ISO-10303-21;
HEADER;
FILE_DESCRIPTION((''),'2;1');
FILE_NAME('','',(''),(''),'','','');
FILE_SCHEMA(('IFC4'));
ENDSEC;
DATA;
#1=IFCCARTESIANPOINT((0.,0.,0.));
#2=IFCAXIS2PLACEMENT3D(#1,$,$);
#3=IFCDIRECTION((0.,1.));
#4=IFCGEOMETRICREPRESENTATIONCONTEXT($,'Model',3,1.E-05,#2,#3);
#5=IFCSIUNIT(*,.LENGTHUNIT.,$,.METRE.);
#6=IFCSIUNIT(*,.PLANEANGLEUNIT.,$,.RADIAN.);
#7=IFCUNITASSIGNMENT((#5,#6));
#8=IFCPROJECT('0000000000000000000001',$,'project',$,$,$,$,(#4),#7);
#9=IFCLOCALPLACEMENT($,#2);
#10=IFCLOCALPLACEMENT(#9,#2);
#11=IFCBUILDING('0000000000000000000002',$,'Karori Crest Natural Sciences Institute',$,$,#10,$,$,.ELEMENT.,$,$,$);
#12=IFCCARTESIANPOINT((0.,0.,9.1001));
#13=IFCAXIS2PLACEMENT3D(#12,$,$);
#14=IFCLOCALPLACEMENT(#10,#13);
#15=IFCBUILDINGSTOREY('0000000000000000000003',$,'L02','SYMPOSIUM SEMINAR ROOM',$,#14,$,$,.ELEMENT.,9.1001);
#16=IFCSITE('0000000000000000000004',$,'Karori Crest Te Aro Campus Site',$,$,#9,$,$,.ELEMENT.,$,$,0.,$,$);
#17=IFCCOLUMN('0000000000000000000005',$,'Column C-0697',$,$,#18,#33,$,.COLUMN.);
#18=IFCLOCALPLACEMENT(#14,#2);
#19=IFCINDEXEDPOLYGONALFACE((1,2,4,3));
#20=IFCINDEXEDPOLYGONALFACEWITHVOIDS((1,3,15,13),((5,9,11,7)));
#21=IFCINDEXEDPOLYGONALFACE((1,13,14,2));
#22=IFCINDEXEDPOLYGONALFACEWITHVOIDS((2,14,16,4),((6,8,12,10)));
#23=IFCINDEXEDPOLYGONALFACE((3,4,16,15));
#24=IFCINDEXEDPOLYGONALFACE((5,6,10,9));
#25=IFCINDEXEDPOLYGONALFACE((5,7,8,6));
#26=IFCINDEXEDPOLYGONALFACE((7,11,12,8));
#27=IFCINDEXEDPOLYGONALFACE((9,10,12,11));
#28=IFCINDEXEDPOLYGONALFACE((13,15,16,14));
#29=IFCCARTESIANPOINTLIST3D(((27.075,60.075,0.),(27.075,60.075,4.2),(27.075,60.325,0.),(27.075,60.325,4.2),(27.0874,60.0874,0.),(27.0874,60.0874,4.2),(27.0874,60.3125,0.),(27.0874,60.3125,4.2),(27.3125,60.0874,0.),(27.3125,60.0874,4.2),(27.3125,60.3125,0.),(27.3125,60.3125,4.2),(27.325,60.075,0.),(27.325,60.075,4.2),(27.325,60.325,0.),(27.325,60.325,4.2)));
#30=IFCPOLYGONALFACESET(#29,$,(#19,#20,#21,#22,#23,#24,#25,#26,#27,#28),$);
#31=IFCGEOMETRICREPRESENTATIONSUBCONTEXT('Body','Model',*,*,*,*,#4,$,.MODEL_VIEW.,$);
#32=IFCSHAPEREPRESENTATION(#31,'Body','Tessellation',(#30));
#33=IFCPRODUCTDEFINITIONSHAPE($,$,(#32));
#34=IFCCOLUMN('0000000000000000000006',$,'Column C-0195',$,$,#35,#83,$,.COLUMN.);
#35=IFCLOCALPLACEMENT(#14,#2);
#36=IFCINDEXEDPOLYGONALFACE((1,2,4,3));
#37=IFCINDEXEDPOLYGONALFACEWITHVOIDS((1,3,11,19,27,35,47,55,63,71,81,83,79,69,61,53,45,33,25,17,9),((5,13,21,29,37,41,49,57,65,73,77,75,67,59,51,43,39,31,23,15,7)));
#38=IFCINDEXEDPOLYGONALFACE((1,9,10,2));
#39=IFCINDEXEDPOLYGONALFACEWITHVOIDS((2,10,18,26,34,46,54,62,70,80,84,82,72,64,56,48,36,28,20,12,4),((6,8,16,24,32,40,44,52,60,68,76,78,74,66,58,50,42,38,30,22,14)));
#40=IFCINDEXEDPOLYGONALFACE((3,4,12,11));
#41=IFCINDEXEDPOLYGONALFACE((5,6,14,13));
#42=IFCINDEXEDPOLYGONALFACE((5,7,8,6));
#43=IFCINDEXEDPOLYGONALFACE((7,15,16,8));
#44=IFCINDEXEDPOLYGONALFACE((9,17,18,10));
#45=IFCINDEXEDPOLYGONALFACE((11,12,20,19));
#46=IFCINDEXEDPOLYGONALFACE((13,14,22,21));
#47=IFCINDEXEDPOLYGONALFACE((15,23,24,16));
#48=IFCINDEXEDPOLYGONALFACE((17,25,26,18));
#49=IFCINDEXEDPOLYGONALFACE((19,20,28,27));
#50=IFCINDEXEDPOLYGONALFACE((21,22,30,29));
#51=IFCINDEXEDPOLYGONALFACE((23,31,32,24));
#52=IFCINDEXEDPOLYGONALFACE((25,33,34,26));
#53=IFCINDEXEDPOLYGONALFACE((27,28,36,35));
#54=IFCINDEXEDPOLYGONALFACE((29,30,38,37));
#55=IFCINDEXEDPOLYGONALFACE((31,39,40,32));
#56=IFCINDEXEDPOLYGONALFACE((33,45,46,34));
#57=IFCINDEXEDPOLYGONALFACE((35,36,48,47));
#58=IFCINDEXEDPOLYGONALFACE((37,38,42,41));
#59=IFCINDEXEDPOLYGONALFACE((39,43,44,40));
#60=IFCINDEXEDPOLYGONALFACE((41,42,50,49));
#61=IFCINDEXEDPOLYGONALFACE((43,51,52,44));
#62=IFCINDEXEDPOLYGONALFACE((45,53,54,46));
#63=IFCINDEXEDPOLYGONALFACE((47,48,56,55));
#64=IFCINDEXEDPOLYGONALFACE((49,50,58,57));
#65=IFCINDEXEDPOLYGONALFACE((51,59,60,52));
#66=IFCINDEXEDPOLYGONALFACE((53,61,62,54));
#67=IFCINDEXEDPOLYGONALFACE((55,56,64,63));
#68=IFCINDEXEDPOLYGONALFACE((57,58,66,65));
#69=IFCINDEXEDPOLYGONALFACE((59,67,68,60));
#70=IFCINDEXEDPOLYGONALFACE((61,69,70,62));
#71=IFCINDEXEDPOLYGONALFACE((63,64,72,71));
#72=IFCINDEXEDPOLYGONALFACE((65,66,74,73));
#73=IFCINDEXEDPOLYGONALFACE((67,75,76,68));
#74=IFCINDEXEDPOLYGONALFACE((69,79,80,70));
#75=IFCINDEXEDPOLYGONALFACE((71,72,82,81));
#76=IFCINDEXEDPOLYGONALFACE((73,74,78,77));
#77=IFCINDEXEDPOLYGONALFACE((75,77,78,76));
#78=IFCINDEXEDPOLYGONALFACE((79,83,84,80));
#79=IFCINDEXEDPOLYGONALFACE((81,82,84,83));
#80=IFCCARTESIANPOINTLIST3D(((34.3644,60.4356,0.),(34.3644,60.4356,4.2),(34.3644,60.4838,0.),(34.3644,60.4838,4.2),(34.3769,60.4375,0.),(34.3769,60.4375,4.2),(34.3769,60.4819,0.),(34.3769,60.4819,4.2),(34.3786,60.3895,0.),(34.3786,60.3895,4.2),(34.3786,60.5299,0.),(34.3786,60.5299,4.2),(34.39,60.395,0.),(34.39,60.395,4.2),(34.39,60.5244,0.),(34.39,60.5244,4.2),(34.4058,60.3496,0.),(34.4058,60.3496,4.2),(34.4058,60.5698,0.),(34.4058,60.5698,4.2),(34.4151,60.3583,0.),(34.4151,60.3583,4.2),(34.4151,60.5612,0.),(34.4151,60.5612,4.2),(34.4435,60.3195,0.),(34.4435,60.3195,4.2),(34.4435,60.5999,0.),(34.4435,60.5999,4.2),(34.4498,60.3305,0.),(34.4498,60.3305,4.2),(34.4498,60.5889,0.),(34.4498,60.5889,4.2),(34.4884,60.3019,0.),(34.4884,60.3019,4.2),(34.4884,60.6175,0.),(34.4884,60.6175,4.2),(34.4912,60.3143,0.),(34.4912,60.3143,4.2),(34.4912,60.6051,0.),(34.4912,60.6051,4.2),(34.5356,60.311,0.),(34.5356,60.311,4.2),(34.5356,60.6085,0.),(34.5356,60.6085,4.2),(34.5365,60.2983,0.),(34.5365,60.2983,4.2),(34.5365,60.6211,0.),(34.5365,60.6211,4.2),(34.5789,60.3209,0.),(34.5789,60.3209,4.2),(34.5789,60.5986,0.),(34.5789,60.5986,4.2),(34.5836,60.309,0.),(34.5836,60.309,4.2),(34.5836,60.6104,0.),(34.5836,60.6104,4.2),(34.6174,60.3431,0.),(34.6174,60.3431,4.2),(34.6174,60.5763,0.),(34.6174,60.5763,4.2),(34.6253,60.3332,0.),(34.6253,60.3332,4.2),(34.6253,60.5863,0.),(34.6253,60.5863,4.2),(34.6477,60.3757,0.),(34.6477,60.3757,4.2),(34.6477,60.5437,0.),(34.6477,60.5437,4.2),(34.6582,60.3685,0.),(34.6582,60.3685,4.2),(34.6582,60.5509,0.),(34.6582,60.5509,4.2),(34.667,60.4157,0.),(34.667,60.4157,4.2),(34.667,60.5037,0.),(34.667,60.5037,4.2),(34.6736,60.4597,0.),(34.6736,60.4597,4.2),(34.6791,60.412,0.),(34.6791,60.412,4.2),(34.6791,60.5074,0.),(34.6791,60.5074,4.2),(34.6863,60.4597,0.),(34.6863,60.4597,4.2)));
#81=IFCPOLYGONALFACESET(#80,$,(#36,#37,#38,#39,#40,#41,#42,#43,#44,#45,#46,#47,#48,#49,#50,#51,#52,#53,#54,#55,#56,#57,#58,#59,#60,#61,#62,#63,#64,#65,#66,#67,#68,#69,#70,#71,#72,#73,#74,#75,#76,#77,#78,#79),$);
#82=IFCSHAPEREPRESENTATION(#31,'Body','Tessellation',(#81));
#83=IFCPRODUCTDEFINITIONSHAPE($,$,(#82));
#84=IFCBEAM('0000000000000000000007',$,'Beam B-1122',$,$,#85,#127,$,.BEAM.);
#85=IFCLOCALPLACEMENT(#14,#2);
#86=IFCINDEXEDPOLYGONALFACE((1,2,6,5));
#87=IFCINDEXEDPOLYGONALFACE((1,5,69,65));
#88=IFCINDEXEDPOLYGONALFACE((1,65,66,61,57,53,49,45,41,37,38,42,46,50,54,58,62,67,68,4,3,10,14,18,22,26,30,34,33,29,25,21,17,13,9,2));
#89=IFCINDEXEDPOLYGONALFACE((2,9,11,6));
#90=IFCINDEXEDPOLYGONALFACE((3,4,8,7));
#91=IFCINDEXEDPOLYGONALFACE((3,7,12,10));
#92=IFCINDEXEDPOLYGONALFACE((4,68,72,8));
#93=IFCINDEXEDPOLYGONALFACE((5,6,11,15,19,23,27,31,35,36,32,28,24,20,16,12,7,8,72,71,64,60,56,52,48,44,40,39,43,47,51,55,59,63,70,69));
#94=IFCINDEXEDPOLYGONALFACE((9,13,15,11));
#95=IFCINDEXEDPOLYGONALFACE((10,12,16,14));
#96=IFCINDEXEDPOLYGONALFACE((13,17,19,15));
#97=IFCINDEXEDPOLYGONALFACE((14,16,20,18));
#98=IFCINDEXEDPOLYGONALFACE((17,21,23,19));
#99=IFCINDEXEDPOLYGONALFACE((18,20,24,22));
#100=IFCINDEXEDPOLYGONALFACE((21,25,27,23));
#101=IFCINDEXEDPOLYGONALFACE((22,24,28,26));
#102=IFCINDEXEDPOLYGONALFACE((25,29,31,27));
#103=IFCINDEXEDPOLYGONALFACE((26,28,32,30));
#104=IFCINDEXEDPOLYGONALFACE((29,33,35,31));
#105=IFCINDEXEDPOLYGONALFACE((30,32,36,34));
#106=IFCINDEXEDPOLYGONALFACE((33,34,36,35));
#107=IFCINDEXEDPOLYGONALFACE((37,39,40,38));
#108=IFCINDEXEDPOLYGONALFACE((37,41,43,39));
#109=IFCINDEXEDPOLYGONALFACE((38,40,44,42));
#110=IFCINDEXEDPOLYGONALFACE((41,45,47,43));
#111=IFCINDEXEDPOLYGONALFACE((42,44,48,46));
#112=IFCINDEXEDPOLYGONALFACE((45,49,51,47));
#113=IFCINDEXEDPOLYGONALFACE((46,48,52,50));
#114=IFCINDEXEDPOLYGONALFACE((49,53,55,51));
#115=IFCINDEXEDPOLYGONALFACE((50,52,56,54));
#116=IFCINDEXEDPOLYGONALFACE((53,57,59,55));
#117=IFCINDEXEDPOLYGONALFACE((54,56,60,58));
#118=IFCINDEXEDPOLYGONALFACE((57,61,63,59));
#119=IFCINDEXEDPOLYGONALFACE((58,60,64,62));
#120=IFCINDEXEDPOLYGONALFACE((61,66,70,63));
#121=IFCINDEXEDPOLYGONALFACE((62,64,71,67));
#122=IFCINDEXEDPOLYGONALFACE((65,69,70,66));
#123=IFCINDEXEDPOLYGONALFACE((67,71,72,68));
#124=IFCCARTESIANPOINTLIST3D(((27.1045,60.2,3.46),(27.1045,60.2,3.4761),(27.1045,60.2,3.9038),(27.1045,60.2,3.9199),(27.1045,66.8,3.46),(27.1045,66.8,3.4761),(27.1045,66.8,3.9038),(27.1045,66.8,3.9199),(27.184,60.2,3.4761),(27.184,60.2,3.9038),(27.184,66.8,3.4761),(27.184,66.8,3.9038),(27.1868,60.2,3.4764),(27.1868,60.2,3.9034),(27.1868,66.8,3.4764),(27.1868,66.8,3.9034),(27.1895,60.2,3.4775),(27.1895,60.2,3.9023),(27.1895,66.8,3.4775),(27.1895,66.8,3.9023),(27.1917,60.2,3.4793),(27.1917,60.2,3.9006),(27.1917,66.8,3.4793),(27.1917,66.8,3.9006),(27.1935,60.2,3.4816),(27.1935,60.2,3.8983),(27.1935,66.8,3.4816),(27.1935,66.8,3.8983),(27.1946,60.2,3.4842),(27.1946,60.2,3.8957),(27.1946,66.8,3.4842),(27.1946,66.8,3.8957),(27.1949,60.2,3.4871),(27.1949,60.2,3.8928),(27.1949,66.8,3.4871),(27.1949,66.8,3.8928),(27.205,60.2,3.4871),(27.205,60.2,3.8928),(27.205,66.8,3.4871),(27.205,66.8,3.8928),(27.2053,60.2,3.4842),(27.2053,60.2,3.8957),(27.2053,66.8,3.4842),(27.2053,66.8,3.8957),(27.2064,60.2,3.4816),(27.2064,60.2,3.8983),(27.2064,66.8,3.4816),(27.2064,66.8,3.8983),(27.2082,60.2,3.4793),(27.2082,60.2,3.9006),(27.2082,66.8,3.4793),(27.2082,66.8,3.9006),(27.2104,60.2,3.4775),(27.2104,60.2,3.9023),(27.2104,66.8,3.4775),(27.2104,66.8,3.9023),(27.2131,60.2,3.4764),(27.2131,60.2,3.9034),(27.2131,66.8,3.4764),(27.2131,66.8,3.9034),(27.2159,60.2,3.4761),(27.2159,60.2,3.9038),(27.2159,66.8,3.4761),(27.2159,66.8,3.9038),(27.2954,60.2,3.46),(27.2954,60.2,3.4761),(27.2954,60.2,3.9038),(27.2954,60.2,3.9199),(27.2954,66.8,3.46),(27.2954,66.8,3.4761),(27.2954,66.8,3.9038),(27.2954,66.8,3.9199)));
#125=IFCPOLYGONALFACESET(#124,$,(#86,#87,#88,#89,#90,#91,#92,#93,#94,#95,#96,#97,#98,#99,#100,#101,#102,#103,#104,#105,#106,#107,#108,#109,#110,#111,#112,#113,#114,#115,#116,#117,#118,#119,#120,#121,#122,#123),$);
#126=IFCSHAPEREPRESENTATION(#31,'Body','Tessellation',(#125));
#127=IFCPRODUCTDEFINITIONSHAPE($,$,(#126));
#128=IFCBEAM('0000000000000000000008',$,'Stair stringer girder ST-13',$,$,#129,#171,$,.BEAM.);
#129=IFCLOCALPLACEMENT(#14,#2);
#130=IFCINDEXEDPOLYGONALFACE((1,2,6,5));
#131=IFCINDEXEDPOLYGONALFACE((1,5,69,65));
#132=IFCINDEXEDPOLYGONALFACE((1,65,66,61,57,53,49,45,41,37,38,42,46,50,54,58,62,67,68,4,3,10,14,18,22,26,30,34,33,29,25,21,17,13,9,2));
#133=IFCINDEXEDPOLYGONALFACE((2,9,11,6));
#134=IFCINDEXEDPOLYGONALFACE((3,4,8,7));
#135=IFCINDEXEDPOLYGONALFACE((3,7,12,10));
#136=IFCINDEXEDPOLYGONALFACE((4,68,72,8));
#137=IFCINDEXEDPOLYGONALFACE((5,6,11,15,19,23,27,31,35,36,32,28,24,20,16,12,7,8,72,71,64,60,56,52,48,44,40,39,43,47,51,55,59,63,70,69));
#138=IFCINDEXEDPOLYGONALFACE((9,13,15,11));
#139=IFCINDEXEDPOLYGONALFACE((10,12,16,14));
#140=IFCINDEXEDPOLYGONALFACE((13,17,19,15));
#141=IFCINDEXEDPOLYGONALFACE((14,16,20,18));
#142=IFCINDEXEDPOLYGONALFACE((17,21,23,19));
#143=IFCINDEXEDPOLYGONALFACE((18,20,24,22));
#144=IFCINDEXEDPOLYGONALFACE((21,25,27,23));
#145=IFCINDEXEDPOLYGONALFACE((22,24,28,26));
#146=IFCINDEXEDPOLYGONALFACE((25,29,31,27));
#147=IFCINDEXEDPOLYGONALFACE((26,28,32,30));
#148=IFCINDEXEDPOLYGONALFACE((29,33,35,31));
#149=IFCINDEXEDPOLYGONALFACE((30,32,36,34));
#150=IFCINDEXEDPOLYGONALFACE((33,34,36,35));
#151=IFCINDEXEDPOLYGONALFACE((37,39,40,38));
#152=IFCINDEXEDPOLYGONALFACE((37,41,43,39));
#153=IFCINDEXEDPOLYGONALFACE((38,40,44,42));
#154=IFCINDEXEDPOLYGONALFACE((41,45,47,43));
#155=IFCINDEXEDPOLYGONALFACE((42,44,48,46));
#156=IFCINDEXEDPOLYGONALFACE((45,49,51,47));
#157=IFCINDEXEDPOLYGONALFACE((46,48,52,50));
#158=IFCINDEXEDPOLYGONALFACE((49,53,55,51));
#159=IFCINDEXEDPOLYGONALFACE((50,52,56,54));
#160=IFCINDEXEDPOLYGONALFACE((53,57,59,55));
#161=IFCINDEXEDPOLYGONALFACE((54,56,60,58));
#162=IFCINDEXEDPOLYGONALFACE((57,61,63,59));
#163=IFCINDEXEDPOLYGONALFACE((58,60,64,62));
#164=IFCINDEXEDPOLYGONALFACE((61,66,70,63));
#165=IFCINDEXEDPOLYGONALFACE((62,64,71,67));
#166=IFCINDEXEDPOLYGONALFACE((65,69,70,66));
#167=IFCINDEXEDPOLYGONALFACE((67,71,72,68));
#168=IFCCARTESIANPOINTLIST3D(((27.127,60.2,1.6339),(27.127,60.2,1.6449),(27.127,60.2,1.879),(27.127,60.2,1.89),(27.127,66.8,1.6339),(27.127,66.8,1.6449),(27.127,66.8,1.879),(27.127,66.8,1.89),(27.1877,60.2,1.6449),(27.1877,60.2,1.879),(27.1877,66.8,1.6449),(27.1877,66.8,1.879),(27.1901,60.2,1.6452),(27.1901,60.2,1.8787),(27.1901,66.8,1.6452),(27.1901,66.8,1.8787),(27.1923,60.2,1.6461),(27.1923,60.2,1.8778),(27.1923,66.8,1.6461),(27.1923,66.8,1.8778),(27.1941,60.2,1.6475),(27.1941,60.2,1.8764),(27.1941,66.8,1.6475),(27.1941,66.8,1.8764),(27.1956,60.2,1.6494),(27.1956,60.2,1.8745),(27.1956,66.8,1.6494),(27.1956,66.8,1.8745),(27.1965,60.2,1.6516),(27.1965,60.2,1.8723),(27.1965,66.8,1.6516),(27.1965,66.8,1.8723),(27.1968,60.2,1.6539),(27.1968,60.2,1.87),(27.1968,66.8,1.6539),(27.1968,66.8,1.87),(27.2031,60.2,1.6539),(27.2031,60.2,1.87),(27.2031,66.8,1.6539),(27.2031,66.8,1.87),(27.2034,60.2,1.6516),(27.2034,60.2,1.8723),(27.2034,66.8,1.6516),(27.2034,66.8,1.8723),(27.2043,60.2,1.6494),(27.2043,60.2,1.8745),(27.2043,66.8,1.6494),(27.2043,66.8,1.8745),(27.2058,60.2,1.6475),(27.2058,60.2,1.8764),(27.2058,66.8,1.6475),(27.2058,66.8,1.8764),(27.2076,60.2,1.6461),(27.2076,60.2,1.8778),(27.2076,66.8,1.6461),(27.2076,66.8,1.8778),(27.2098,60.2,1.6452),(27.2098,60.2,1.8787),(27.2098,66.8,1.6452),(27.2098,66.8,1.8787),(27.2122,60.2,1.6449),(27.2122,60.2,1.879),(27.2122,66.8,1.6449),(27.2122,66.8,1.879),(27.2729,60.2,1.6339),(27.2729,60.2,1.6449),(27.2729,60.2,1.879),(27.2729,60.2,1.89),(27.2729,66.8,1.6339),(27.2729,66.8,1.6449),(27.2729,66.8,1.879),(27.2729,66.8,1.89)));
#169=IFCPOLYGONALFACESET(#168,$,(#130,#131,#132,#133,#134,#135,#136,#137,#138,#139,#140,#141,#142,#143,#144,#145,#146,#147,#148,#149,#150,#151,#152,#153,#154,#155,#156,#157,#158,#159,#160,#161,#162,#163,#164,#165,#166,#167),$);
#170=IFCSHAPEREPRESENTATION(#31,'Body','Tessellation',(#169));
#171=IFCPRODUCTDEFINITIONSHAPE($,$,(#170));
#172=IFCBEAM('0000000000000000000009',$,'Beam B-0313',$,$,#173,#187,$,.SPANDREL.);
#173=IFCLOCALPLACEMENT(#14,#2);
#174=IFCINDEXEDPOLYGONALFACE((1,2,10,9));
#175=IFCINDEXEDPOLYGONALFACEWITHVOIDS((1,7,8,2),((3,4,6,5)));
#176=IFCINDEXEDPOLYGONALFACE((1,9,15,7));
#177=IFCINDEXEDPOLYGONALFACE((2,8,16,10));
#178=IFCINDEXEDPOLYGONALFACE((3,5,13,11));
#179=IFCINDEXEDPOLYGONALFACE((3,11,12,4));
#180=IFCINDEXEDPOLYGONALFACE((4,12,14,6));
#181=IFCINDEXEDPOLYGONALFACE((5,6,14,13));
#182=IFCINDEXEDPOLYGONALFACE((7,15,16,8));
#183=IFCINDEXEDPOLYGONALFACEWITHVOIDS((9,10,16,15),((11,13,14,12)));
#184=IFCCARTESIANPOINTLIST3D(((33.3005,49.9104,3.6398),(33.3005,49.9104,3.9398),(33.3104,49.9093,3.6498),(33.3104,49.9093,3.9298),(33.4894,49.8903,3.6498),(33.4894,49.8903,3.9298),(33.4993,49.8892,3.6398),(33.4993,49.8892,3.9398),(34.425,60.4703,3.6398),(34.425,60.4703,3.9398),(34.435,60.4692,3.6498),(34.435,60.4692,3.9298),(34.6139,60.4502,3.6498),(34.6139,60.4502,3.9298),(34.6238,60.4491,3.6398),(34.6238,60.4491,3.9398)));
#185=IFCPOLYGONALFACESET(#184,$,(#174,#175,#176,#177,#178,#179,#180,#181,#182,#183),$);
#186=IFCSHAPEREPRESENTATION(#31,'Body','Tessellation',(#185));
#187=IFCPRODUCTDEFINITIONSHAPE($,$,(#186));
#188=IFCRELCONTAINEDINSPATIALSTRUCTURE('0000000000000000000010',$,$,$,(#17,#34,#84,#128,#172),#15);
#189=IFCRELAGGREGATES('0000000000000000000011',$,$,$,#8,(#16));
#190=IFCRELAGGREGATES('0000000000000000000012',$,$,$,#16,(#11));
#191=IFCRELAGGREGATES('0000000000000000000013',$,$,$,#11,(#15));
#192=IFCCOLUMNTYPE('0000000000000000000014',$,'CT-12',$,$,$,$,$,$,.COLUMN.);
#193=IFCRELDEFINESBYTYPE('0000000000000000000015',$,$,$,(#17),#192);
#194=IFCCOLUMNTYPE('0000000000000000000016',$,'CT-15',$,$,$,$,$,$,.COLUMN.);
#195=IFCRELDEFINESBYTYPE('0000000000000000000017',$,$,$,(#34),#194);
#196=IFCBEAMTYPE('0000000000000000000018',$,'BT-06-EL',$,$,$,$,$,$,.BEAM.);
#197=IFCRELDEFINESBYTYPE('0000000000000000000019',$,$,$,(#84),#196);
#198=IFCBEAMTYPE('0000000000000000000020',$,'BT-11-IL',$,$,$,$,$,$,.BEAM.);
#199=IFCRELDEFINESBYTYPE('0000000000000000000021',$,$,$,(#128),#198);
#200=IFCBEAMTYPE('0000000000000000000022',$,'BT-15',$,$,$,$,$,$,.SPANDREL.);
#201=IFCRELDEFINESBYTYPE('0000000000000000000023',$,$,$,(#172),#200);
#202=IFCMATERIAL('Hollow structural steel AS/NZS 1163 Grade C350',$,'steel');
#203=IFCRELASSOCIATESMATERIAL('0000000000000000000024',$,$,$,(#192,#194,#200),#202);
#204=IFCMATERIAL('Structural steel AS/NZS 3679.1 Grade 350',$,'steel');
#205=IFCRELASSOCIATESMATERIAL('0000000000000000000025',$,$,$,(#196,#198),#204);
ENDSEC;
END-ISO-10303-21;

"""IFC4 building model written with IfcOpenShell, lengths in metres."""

from ifc_helpers import new_model, si_unit, direction, frame, origin, origin_2d, place, context, subcontext, project, spatial, hollow_rectangle, hollow_circle, i_section, extrude, material, material_profile, profile_set, type_object, element, save


model = new_model("IFC4")

# Units and contexts
model_context = context("Model", 3, precision=1e-05, world=origin(), true_north=direction((0.0, 1.0)))
body_context = subcontext(model_context, "Body", "Model", "MODEL_VIEW")
ifc_project = project(units=[si_unit("LENGTHUNIT", "METRE"), si_unit("PLANEANGLEUNIT", "RADIAN")], contexts=[model_context])

# Site, building, storey
site_placement = place(None, origin())
site = spatial("IfcSite", under=ifc_project, at=site_placement, Name="Karori Crest Te Aro Campus Site", CompositionType="ELEMENT", RefElevation=0.0)
building_placement = place(site_placement, origin())
building = spatial("IfcBuilding", under=site, at=building_placement, Name="Karori Crest Natural Sciences Institute", CompositionType="ELEMENT")
storey_placement = place(building_placement, frame((0.0, 0.0, 9.1001)))
storey = spatial("IfcBuildingStorey", under=building, at=storey_placement, Name="L02", Description="SYMPOSIUM SEMINAR ROOM", CompositionType="ELEMENT", Elevation=9.1001)

# Columns
ifc_material_1 = material(Name="Hollow structural steel AS/NZS 1163 Grade C350", Category="steel")
ifc_material_profile_1 = material_profile(ifc_material_1, hollow_rectangle(XDim=0.25, YDim=0.25, WallThickness=0.0125, at=origin_2d()), Name="SHS250x250x12.5")
ifc_profile_set_1 = profile_set([ifc_material_profile_1], Name="Hollow structural steel AS/NZS 1163 Grade C350")
column_type_1 = type_object("IfcColumnType", Name="CT-12", PredefinedType="COLUMN", material=ifc_profile_set_1)
column_1_placement = place(storey_placement, frame((27.2, 60.2, 0.0), z_axis=(0.0, 0.0, 1.0), x_axis=(1.0, 0.0, 0.0)))
element("IfcColumn", 1, at=column_1_placement, inside=storey, type_object=column_type_1, Name="Column C-0697", PredefinedType="COLUMN", context=body_context, shape_type="SweptSolid", body=[
    extrude(hollow_rectangle(XDim=0.25, YDim=0.25, WallThickness=0.0125, at=origin_2d()), origin(), (0.0, 0.0, 1.0), 4.2),
])
ifc_material_profile_2 = material_profile(ifc_material_1, hollow_circle(Radius=0.1619, WallThickness=0.0127, at=origin_2d()), Name="CHS323.9x12.7")
ifc_profile_set_2 = profile_set([ifc_material_profile_2], Name="Hollow structural steel AS/NZS 1163 Grade C350")
column_type_2 = type_object("IfcColumnType", Name="CT-15", PredefinedType="COLUMN", material=ifc_profile_set_2)
column_2_placement = place(storey_placement, frame((34.5244, 60.4597, 0.0), z_axis=(0.0, 0.0, 1.0), x_axis=(1.0, 0.0, 0.0)))
element("IfcColumn", 2, at=column_2_placement, inside=storey, type_object=column_type_2, Name="Column C-0195", PredefinedType="COLUMN", context=body_context, shape_type="SweptSolid", body=[
    extrude(hollow_circle(Radius=0.1619, WallThickness=0.0127, at=origin_2d()), origin(), (0.0, 0.0, 1.0), 4.2),
])

# Beams
ifc_material_2 = material(Name="Structural steel AS/NZS 3679.1 Grade 350", Category="steel")
ifc_material_profile_3 = material_profile(ifc_material_2, i_section(OverallWidth=0.1909, OverallDepth=0.46, WebThickness=0.01, FlangeThickness=0.0161, FilletRadius=0.011, at=origin_2d()), Name="460UB82.1")
ifc_profile_set_3 = profile_set([ifc_material_profile_3], Name="Structural steel AS/NZS 3679.1 Grade 350")
beam_type_1 = type_object("IfcBeamType", Name="BT-06-EL", PredefinedType="BEAM", material=ifc_profile_set_3)
beam_1_placement = place(storey_placement, frame((27.2, 60.2, 3.6899), z_axis=(0.0, 1.0, 0.0), x_axis=(-1.0, 0.0, 0.0)))
element("IfcBeam", 3, at=beam_1_placement, inside=storey, type_object=beam_type_1, Name="Beam B-1122", PredefinedType="BEAM", context=body_context, shape_type="SweptSolid", body=[
    extrude(i_section(OverallWidth=0.1909, OverallDepth=0.46, WebThickness=0.01, FlangeThickness=0.0161, FilletRadius=0.011, at=origin_2d()), origin(), (0.0, 0.0, 1.0), 6.6001),
])
ifc_material_profile_4 = material_profile(ifc_material_2, i_section(OverallWidth=0.146, OverallDepth=0.2561, WebThickness=0.0063, FlangeThickness=0.011, FilletRadius=0.009, at=origin_2d()), Name="250UB37.3")
ifc_profile_set_4 = profile_set([ifc_material_profile_4], Name="Structural steel AS/NZS 3679.1 Grade 350")
beam_type_2 = type_object("IfcBeamType", Name="BT-11-IL", PredefinedType="BEAM", material=ifc_profile_set_4)
beam_2_placement = place(storey_placement, frame((27.2, 60.2, 1.762), z_axis=(0.0, 1.0, 0.0), x_axis=(-1.0, 0.0, 0.0)))
element("IfcBeam", 4, at=beam_2_placement, inside=storey, type_object=beam_type_2, Name="Stair stringer girder ST-13", PredefinedType="BEAM", context=body_context, shape_type="SweptSolid", body=[
    extrude(i_section(OverallWidth=0.146, OverallDepth=0.2561, WebThickness=0.0063, FlangeThickness=0.011, FilletRadius=0.009, at=origin_2d()), origin(), (0.0, 0.0, 1.0), 6.6001),
])
ifc_material_profile_5 = material_profile(ifc_material_1, hollow_rectangle(XDim=0.2, YDim=0.3, WallThickness=0.01, at=origin_2d()), Name="RHS300x200x10")
ifc_profile_set_5 = profile_set([ifc_material_profile_5], Name="Hollow structural steel AS/NZS 1163 Grade C350")
beam_type_3 = type_object("IfcBeamType", Name="BT-15", PredefinedType="SPANDREL", material=ifc_profile_set_5)
beam_3_placement = place(storey_placement, frame((34.5244, 60.4597, 3.7898), z_axis=(-0.105891, -0.994378, 0.0), x_axis=(0.994378, -0.105891, 0.0)))
element("IfcBeam", 5, at=beam_3_placement, inside=storey, type_object=beam_type_3, Name="Beam B-0313", PredefinedType="SPANDREL", context=body_context, shape_type="SweptSolid", body=[
    extrude(hollow_rectangle(XDim=0.2, YDim=0.3, WallThickness=0.01, at=origin_2d()), origin(), (0.0, 0.0, 1.0), 10.6196),
])

save(model, "model.ifc")
